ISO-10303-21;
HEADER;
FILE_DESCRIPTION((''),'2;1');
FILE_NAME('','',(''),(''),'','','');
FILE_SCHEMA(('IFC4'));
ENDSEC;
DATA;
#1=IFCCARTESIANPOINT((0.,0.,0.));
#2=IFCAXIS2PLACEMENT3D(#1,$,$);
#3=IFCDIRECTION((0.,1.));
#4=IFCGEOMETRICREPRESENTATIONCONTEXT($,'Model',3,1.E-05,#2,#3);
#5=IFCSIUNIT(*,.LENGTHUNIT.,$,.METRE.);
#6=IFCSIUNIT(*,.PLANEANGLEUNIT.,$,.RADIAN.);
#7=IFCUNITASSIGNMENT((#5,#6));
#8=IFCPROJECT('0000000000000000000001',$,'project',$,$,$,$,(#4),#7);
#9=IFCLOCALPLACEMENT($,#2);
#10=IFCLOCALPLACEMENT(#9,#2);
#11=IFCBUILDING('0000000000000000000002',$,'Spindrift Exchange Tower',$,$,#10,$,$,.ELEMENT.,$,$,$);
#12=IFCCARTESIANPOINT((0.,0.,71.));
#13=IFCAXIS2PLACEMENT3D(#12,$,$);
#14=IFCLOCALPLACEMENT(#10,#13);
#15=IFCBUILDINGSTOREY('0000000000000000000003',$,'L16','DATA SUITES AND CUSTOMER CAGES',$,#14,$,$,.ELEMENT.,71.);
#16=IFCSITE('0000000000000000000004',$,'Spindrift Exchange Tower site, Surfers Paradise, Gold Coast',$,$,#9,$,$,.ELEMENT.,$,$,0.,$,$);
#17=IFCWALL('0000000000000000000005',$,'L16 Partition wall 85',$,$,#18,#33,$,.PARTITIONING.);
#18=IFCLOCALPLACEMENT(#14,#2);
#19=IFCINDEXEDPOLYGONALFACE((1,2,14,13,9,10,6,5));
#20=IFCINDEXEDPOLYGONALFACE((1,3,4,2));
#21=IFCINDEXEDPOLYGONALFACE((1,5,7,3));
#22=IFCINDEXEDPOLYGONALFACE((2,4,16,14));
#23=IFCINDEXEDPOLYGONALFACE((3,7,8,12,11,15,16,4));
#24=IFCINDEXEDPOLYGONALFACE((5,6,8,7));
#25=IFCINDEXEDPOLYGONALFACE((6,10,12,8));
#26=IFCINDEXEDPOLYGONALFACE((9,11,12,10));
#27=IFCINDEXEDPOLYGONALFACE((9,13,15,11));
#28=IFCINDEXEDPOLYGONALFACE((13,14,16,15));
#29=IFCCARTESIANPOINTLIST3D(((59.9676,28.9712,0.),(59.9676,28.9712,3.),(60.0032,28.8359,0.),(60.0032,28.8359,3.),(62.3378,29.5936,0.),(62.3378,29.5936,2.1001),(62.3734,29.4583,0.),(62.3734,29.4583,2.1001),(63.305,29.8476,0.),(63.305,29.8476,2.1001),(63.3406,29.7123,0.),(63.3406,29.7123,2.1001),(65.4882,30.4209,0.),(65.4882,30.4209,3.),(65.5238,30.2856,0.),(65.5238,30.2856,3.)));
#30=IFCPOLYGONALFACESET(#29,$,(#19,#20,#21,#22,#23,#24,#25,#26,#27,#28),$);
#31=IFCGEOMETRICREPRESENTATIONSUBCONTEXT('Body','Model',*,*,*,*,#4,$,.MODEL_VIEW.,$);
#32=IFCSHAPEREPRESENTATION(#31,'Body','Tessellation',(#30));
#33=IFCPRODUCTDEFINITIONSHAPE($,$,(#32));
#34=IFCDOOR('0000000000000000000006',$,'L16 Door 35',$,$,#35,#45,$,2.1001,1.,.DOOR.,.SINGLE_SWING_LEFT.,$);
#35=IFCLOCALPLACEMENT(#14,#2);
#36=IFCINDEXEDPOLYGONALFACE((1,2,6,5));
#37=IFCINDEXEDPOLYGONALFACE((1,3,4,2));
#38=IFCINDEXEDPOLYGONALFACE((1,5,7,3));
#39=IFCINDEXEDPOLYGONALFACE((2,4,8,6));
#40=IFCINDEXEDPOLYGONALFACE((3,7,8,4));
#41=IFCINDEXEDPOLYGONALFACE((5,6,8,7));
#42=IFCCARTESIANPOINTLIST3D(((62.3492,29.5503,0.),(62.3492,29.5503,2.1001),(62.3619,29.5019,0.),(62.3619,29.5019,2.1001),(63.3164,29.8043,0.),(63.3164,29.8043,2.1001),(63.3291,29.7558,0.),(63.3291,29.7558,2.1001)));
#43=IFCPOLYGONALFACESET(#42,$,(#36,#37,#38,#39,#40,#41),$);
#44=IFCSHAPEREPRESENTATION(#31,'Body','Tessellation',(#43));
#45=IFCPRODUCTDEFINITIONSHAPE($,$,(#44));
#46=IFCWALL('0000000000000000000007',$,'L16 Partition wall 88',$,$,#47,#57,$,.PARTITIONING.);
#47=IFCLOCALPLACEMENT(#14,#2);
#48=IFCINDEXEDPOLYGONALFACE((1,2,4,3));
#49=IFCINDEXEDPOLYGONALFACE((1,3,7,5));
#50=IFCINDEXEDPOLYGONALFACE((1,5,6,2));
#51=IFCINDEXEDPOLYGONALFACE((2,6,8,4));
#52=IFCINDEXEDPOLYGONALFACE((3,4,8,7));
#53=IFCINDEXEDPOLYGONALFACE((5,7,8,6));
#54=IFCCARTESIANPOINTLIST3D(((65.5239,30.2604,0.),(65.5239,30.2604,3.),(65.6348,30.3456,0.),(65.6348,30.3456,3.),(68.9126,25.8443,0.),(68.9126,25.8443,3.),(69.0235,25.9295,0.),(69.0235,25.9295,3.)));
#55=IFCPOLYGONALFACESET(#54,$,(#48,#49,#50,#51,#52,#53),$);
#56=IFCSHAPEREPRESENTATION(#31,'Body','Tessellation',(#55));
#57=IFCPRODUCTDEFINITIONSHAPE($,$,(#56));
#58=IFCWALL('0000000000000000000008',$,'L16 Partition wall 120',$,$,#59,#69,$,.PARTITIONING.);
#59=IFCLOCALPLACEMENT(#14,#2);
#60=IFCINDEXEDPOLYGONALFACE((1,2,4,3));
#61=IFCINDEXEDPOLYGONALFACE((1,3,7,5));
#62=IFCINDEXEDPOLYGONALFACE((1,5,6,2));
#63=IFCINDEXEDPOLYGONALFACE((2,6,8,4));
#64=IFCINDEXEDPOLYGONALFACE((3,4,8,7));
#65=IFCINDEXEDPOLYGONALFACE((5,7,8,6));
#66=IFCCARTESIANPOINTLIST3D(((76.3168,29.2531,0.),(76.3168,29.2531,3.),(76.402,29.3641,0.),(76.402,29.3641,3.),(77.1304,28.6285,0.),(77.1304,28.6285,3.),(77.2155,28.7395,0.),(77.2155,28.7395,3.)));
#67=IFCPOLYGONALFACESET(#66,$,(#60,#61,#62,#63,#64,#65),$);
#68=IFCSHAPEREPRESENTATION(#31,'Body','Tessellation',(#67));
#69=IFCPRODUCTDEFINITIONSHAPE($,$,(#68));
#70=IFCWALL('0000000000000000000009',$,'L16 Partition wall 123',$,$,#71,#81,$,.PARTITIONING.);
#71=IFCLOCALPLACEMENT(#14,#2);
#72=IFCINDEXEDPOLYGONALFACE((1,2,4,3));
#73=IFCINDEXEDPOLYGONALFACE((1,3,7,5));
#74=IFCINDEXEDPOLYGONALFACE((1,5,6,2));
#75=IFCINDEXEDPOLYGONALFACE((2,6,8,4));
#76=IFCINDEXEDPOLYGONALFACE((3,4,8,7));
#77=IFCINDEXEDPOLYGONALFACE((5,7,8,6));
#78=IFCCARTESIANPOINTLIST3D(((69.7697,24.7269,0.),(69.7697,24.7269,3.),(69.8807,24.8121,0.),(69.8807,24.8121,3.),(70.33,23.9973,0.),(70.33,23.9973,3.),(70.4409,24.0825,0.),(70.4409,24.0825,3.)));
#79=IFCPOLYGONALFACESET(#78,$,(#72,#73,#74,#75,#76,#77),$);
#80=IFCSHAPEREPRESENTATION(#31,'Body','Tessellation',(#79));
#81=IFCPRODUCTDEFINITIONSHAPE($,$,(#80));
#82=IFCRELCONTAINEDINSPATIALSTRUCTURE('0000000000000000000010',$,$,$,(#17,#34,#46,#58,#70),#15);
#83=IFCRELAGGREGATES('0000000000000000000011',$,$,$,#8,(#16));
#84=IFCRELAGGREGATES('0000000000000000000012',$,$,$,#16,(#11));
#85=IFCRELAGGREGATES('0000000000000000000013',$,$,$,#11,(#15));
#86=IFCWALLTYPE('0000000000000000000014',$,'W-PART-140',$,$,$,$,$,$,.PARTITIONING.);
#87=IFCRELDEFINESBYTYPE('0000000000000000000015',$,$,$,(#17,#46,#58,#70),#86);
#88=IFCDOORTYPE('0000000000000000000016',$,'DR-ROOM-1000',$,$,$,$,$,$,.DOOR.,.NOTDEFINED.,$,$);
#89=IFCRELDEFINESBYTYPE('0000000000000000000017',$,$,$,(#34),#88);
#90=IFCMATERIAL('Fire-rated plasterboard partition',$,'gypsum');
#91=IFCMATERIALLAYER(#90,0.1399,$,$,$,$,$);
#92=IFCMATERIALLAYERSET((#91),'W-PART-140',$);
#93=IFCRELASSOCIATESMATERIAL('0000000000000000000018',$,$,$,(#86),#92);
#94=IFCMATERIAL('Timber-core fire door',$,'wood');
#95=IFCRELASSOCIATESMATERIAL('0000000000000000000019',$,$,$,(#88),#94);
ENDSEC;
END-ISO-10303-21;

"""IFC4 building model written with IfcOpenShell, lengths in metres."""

from ifc_helpers import new_model, si_unit, direction, frame, frame_2d, origin, place, context, subcontext, project, spatial, rectangle, extrude, source, transform, mapped, material, layer, layer_set, type_object, element, fill, save


model = new_model("IFC4")

# Units and contexts
model_context = context("Model", 3, precision=1e-05, world=origin(), true_north=direction((0.0, 1.0)))
body_context = subcontext(model_context, "Body", "Model", "MODEL_VIEW")
ifc_project = project(units=[si_unit("LENGTHUNIT", "METRE"), si_unit("PLANEANGLEUNIT", "RADIAN")], contexts=[model_context])

# Site, building, storey
site_placement = place(None, origin())
site = spatial("IfcSite", under=ifc_project, at=site_placement, Name="Spindrift Exchange Tower site, Surfers Paradise, Gold Coast", CompositionType="ELEMENT", RefElevation=0.0)
building_placement = place(site_placement, origin())
building = spatial("IfcBuilding", under=site, at=building_placement, Name="Spindrift Exchange Tower", CompositionType="ELEMENT")
storey_placement = place(building_placement, frame((0.0, 0.0, 71.0)))
storey = spatial("IfcBuildingStorey", under=building, at=storey_placement, Name="L16", Description="DATA SUITES AND CUSTOMER CAGES", CompositionType="ELEMENT", Elevation=71.0)

# Wall, opening, door
ifc_material_1 = material(Name="Fire-rated plasterboard partition", Category="gypsum")
ifc_layer_1 = layer(ifc_material_1, 0.1399)
ifc_layer_set_1 = layer_set([ifc_layer_1], Name="W-PART-140")
wall_type = type_object("IfcWallType", Name="W-PART-140", PredefinedType="PARTITIONING", material=ifc_layer_set_1)
ifc_material_2 = material(Name="Timber-core fire door", Category="wood")
door_type = type_object("IfcDoorType", Name="DR-ROOM-1000", OperationType="NOTDEFINED", PredefinedType="DOOR", material=ifc_material_2)
shared_shape_1 = source(origin(), body_context, "Body", "SweptSolid", [
    extrude(rectangle(XDim=1.0, YDim=2.1001, at=frame_2d((0.5, 1.05))), frame((0.0, 0.0249, 0.0), z_axis=(0.0, -1.0, 0.0), x_axis=(1.0, 0.0, 0.0)), (0.0, 0.0, 1.0), 0.05),
])
wall_1_placement = place(storey_placement, frame((65.5061, 30.3533, 0.0), z_axis=(0.0, 0.0, 1.0), x_axis=(-0.967206, -0.253992, 0.0)))
wall_1 = element("IfcWall", 1, at=wall_1_placement, inside=storey, type_object=wall_type, Name="L16 Partition wall 85", PredefinedType="PARTITIONING", context=body_context, shape_type="SweptSolid", body=[
    extrude(rectangle(XDim=5.7078, YDim=0.1399, at=frame_2d((2.854, 0.0))), origin(), (0.0, 0.0, 1.0), 3.0),
])
opening_1_placement = place(wall_1_placement, frame((2.2573, 0.0, 0.0)))
opening_1 = element("IfcOpeningElement", 2, at=opening_1_placement, cuts=wall_1, PredefinedType="OPENING", context=body_context, shape_type="SweptSolid", body=[
    extrude(rectangle(XDim=1.0, YDim=2.1001, at=frame_2d((0.5, 1.05))), frame((0.0, 0.0798, 0.0), z_axis=(0.0, -1.0, 0.0), x_axis=(1.0, 0.0, 0.0)), (0.0, 0.0, 1.0), 0.1599),
])
door_1_placement = place(opening_1_placement, origin())
door_1 = element("IfcDoor", 3, at=door_1_placement, inside=storey, type_object=door_type, Name="L16 Door 35", OperationType="SINGLE_SWING_LEFT", OverallHeight=2.1001, OverallWidth=1.0, PredefinedType="DOOR", context=body_context, shape_type="MappedRepresentation", body=[
    mapped(shared_shape_1, transform((0.0, 0.0, 0.0), scale=1.0)),
])
fill(opening_1, door_1)

# Walls
wall_2_placement = place(storey_placement, frame((65.5793, 30.303, 0.0), z_axis=(0.0, 0.0, 1.0), x_axis=(0.608778, -0.793341, 0.0)))
element("IfcWall", 4, at=wall_2_placement, inside=storey, type_object=wall_type, Name="L16 Partition wall 88", PredefinedType="PARTITIONING", context=body_context, shape_type="SweptSolid", body=[
    extrude(rectangle(XDim=5.5664, YDim=0.1399, at=frame_2d((2.7832, 0.0))), origin(), (0.0, 0.0, 1.0), 3.0),
])
wall_3_placement = place(storey_placement, frame((77.1729, 28.6841, 0.0), z_axis=(0.0, 0.0, 1.0), x_axis=(-0.793208, 0.608951, 0.0)))
element("IfcWall", 5, at=wall_3_placement, inside=storey, type_object=wall_type, Name="L16 Partition wall 120", PredefinedType="PARTITIONING", context=body_context, shape_type="SweptSolid", body=[
    extrude(rectangle(XDim=1.0256, YDim=0.1399, at=frame_2d((0.5127, 0.0))), origin(), (0.0, 0.0, 1.0), 3.0),
])
wall_4_placement = place(storey_placement, frame((69.8252, 24.7695, 0.0), z_axis=(0.0, 0.0, 1.0), x_axis=(0.609005, -0.793166, 0.0)))
element("IfcWall", 6, at=wall_4_placement, inside=storey, type_object=wall_type, Name="L16 Partition wall 123", PredefinedType="PARTITIONING", context=body_context, shape_type="SweptSolid", body=[
    extrude(rectangle(XDim=0.9199, YDim=0.1399, at=frame_2d((0.46, 0.0))), origin(), (0.0, 0.0, 1.0), 3.0),
])

save(model, "model.ifc")
